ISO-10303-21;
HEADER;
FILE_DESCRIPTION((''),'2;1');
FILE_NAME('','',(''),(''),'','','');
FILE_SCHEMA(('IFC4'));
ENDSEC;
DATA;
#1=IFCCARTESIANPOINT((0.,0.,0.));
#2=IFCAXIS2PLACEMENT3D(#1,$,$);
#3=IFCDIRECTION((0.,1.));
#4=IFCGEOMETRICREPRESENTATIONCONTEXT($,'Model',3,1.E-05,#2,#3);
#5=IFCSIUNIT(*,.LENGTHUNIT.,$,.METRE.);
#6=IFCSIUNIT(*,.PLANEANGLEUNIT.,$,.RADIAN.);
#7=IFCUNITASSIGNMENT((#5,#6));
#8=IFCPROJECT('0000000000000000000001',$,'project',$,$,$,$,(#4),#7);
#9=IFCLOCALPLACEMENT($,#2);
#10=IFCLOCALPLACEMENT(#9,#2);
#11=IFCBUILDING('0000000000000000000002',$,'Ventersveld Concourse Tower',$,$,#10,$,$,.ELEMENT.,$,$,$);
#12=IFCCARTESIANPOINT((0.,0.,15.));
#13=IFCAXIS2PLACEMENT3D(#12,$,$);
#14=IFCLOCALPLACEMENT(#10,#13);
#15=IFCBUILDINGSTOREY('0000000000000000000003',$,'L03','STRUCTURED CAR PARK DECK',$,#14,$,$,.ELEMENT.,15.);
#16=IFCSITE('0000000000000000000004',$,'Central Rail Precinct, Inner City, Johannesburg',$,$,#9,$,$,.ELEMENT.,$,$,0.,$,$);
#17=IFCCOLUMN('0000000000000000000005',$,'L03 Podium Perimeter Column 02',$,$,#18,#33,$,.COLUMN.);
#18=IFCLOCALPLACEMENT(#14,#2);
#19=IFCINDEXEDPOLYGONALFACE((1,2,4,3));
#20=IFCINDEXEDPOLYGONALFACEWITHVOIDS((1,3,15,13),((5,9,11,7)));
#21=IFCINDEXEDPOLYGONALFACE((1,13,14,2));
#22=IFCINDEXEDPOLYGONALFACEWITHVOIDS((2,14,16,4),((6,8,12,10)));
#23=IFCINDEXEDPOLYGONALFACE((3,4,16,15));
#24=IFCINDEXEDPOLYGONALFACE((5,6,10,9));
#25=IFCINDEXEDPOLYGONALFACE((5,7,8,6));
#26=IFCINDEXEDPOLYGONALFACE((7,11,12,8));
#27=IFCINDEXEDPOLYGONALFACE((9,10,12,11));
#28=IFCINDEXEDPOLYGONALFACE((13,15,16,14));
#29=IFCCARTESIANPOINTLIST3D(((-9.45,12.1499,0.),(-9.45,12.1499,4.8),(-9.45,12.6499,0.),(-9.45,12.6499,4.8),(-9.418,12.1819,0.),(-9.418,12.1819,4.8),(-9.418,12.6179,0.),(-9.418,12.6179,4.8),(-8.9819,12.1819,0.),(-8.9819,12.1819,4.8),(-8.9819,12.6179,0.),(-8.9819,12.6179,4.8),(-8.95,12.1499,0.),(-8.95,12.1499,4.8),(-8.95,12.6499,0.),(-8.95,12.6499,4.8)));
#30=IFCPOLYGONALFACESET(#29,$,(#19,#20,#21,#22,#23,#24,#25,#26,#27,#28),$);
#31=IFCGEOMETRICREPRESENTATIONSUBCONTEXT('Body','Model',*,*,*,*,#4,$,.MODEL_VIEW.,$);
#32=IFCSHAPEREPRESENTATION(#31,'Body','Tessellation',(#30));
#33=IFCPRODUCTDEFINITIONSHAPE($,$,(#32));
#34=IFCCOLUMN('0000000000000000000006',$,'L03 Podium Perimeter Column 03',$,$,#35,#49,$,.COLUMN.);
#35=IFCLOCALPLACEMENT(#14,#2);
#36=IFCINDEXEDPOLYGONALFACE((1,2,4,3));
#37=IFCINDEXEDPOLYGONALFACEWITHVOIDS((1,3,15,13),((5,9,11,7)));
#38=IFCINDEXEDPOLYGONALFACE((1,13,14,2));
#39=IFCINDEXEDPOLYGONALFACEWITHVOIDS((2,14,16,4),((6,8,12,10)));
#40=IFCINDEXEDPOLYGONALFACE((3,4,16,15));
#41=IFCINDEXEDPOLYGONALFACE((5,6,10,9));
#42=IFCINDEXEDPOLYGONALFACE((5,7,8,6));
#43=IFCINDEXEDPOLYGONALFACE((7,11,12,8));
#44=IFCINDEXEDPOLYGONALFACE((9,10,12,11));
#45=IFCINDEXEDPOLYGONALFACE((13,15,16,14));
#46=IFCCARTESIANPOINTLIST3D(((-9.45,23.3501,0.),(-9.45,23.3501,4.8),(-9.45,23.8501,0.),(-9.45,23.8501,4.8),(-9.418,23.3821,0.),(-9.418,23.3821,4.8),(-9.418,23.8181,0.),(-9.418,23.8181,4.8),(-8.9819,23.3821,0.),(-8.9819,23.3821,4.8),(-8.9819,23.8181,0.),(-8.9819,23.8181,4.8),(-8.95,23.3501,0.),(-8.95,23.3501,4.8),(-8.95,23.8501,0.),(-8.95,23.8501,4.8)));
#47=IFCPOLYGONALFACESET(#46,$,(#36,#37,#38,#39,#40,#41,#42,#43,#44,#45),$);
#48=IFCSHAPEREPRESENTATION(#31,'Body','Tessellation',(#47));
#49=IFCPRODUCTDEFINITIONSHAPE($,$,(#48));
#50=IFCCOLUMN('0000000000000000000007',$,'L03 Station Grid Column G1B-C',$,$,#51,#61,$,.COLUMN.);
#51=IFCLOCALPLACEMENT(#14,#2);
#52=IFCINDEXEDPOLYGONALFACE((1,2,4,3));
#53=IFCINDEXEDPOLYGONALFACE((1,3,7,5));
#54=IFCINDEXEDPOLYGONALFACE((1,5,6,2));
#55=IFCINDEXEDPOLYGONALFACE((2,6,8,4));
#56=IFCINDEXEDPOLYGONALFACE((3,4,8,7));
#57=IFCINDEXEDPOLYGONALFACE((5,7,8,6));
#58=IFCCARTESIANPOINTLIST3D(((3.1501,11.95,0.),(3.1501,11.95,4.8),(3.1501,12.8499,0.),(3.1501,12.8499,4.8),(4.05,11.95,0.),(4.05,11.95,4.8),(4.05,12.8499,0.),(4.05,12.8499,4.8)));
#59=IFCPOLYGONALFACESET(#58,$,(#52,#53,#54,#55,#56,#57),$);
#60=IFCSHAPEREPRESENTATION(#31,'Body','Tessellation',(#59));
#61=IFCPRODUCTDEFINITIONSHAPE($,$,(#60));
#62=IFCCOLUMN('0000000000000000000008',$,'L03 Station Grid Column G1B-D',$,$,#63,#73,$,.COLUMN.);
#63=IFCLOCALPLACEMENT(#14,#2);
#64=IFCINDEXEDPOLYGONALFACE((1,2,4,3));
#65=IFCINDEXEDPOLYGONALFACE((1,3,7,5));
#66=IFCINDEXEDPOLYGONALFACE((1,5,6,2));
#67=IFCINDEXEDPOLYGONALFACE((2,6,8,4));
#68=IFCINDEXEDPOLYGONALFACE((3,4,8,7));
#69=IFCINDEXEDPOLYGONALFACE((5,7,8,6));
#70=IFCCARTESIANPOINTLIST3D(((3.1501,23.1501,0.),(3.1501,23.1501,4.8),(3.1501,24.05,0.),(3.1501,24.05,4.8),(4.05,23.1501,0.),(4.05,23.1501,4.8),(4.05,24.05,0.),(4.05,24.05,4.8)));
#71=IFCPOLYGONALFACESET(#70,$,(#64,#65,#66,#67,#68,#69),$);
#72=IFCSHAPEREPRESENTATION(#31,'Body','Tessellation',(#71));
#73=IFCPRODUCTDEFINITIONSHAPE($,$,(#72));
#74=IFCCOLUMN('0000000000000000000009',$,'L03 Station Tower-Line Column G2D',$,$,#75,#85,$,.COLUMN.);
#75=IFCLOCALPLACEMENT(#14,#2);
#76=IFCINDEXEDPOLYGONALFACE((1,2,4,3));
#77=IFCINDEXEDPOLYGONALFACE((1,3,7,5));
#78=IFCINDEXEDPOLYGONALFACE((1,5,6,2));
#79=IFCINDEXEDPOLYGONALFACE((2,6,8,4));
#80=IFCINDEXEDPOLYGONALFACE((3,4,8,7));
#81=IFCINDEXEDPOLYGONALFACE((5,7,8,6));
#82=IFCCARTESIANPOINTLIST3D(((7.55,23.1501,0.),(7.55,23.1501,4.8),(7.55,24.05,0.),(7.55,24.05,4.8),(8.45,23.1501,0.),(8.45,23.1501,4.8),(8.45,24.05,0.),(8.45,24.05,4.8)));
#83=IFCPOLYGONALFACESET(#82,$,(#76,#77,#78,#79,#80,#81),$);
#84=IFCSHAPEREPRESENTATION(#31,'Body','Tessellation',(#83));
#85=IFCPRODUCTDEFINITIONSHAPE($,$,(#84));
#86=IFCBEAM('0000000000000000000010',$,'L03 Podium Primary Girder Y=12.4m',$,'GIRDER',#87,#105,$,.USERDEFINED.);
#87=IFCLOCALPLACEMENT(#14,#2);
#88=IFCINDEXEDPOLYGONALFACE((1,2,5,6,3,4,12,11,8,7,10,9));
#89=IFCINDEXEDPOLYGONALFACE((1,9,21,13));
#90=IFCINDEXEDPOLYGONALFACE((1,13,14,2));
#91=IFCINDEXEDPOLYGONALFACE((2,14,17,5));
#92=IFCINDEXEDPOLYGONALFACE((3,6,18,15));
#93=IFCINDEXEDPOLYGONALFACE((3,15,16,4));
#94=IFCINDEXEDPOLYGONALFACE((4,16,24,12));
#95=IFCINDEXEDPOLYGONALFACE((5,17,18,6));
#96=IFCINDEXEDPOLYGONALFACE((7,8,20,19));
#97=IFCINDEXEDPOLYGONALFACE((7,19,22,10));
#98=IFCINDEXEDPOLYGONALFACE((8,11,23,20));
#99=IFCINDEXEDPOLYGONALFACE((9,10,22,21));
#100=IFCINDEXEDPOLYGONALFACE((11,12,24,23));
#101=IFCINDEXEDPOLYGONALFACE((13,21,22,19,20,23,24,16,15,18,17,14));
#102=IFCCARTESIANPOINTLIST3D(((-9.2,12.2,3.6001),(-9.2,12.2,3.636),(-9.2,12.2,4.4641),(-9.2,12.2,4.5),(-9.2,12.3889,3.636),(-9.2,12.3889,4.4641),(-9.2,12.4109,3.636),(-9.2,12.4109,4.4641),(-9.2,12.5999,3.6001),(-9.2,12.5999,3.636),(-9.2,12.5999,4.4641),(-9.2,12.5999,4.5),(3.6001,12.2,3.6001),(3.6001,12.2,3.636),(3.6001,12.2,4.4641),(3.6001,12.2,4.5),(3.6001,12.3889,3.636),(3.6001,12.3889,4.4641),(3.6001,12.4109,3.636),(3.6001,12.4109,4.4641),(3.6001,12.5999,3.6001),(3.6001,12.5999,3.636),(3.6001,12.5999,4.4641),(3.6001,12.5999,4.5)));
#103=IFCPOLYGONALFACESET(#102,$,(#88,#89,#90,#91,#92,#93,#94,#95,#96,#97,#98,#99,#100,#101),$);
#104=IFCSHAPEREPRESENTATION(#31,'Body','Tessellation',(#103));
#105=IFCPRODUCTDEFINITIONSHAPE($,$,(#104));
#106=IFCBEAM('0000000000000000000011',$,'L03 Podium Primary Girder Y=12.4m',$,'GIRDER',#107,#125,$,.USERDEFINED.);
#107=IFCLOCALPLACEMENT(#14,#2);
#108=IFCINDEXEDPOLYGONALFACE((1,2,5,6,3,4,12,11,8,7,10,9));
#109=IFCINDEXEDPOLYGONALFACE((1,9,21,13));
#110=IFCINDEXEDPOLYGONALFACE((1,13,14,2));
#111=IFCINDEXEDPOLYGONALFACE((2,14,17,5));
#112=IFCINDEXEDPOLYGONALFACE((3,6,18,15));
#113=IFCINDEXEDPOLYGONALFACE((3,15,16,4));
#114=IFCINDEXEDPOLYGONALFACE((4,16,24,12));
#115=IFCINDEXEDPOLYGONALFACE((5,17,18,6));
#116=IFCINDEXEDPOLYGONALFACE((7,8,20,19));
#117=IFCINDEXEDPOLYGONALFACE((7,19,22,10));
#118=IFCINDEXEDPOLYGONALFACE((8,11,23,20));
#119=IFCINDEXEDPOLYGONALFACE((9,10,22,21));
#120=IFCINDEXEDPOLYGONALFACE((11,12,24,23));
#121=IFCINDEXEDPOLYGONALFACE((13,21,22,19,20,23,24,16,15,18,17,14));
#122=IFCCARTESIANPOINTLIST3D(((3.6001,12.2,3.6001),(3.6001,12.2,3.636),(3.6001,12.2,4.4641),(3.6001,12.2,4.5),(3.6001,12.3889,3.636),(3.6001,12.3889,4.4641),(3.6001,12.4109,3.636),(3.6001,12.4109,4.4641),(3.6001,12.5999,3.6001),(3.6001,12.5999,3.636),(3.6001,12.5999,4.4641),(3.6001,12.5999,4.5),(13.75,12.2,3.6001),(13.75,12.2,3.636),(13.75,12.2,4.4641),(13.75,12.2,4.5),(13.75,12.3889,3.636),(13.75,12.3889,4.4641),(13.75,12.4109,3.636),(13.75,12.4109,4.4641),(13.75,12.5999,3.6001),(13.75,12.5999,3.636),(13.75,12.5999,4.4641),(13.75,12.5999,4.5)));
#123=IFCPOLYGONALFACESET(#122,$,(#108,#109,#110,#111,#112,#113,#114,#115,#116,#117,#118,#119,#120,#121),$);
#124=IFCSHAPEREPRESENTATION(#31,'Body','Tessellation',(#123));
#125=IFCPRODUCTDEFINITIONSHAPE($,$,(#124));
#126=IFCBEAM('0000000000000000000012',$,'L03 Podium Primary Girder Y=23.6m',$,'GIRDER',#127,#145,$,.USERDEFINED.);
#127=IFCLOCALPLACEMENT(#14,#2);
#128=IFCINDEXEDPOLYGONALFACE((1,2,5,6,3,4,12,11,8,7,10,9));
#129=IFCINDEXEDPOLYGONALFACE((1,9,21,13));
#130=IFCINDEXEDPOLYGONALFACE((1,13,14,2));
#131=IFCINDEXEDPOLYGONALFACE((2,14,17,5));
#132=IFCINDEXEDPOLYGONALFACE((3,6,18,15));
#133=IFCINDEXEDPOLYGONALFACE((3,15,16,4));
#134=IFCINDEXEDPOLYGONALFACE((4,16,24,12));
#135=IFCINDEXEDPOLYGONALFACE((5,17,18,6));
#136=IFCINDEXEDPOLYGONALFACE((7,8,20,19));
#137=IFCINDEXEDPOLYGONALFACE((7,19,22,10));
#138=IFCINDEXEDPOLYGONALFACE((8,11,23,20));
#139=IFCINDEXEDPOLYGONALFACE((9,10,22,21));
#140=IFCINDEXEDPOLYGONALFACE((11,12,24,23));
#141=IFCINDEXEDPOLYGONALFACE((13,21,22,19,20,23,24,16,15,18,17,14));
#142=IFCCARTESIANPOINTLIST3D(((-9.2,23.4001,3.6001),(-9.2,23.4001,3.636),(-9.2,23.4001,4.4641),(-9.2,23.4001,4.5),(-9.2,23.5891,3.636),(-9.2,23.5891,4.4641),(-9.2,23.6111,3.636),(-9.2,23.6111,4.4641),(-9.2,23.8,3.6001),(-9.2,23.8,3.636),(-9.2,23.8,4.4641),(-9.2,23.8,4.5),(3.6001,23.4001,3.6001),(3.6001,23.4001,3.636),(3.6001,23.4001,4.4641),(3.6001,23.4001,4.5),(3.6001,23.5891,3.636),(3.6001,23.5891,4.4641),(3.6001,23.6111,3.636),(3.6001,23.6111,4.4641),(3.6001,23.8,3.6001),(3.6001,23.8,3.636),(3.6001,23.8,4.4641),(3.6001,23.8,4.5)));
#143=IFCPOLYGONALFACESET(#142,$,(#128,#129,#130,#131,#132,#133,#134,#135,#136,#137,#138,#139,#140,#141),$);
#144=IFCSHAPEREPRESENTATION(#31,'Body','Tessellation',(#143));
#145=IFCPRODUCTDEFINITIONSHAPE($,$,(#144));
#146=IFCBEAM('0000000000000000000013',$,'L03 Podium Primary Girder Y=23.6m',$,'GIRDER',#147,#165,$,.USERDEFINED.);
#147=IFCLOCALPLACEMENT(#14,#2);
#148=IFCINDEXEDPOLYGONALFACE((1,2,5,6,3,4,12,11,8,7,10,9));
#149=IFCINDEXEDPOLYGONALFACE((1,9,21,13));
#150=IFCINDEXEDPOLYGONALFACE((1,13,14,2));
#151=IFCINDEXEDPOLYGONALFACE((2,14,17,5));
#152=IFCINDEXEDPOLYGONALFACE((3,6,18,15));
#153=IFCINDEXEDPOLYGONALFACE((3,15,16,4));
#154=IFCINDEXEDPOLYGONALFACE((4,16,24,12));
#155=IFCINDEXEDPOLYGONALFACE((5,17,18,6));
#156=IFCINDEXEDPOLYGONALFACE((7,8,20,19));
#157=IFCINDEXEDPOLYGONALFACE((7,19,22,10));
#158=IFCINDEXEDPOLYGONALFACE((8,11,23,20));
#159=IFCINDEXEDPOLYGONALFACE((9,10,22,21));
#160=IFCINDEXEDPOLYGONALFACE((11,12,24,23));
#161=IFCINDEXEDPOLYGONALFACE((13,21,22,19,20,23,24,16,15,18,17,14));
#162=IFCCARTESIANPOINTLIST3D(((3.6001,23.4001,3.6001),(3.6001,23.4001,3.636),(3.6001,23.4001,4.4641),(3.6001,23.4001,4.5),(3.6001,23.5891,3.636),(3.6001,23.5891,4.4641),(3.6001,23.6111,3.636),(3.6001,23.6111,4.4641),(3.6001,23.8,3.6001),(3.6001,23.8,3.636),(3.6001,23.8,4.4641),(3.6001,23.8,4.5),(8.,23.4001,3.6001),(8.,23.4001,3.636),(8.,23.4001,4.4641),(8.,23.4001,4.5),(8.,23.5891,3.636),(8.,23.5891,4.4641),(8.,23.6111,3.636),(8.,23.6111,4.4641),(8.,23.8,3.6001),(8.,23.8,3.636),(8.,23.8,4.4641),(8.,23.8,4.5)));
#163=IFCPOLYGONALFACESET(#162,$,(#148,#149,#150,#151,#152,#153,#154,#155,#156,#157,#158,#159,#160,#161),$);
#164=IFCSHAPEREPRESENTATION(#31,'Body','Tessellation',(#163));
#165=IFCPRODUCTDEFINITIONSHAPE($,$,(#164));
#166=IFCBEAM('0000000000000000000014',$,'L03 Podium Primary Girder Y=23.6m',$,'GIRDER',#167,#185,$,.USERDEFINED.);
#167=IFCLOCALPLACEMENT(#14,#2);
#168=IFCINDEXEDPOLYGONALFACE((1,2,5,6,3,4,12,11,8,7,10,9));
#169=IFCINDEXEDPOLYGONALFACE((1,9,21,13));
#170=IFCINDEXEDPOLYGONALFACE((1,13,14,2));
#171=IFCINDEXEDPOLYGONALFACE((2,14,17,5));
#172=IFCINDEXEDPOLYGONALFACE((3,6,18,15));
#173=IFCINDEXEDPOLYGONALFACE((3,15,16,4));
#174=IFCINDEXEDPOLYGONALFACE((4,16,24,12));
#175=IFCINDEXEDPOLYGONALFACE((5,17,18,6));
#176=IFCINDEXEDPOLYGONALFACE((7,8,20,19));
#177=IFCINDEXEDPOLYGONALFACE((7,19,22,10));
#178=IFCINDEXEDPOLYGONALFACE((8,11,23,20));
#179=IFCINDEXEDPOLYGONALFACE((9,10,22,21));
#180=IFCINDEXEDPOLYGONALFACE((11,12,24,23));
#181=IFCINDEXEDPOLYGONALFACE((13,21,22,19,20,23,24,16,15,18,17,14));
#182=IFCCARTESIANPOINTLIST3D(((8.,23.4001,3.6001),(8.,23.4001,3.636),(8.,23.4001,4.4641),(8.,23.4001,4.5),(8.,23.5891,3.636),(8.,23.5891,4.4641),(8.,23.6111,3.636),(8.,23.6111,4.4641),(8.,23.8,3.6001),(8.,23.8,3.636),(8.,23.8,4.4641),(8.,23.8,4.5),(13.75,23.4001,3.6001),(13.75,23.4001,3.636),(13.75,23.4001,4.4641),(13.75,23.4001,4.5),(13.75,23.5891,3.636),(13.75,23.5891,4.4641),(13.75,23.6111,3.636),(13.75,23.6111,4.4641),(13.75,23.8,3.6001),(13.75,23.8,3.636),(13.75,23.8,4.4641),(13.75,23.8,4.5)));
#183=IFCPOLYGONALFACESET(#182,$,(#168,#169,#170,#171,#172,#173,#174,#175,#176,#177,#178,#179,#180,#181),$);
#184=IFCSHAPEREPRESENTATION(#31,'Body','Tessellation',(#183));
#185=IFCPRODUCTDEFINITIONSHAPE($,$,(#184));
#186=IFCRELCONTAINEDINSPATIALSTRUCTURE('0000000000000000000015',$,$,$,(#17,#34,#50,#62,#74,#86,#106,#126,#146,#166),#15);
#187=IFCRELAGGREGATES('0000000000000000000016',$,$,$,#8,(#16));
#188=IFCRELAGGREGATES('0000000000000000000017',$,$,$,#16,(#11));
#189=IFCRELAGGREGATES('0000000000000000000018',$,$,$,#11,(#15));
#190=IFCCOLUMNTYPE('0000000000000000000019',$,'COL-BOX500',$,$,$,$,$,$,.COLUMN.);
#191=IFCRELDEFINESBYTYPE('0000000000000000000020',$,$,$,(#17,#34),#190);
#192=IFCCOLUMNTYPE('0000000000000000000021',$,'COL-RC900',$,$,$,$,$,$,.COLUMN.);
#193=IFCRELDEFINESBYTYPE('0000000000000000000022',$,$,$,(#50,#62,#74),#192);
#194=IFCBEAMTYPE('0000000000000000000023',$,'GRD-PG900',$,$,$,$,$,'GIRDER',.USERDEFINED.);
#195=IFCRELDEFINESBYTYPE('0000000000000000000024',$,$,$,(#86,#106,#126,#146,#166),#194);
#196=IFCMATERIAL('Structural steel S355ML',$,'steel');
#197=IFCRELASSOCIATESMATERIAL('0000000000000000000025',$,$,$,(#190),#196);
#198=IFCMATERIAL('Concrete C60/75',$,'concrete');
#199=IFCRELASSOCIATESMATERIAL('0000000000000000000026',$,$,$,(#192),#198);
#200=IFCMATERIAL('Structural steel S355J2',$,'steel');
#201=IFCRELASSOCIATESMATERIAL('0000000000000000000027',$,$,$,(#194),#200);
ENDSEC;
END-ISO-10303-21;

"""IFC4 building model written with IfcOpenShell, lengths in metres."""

from ifc_helpers import new_model, si_unit, direction, frame, origin, origin_2d, place, context, subcontext, project, spatial, rectangle, hollow_rectangle, i_section, extrude, material, material_profile, profile_set, type_object, element, save


model = new_model("IFC4")

# Units and contexts
model_context = context("Model", 3, precision=1e-05, world=origin(), true_north=direction((0.0, 1.0)))
body_context = subcontext(model_context, "Body", "Model", "MODEL_VIEW")
ifc_project = project(units=[si_unit("LENGTHUNIT", "METRE"), si_unit("PLANEANGLEUNIT", "RADIAN")], contexts=[model_context])

# Site, building, storey
site_placement = place(None, origin())
site = spatial("IfcSite", under=ifc_project, at=site_placement, Name="Central Rail Precinct, Inner City, Johannesburg", CompositionType="ELEMENT", RefElevation=0.0)
building_placement = place(site_placement, origin())
building = spatial("IfcBuilding", under=site, at=building_placement, Name="Ventersveld Concourse Tower", CompositionType="ELEMENT")
storey_placement = place(building_placement, frame((0.0, 0.0, 15.0)))
storey = spatial("IfcBuildingStorey", under=building, at=storey_placement, Name="L03", Description="STRUCTURED CAR PARK DECK", CompositionType="ELEMENT", Elevation=15.0)

# Columns
ifc_material_1 = material(Name="Structural steel S355ML", Category="steel")
ifc_material_profile_1 = material_profile(ifc_material_1, hollow_rectangle(XDim=0.5, YDim=0.5, WallThickness=0.032, at=origin_2d()), Name="BOX 500x500x32")
ifc_profile_set_1 = profile_set([ifc_material_profile_1], Name="Structural steel S355ML")
column_type_1 = type_object("IfcColumnType", Name="COL-BOX500", PredefinedType="COLUMN", material=ifc_profile_set_1)
for number, where, z_axis, x_axis, name in (
    (1, (-9.2, 12.3999, 0.0), (0.0, 0.0, 1.0), (1.0, 0.0, 0.0), "L03 Podium Perimeter Column 02"),
    (2, (-9.2, 23.6001, 0.0), (0.0, 0.0, 1.0), (1.0, 0.0, 0.0), "L03 Podium Perimeter Column 03"),
):
    element("IfcColumn", number, at=place(storey_placement, frame(where, z_axis=z_axis, x_axis=x_axis)), inside=storey, type_object=column_type_1, Name=name, PredefinedType="COLUMN", context=body_context, shape_type="SweptSolid", body=[
        extrude(hollow_rectangle(XDim=0.5, YDim=0.5, WallThickness=0.032, at=origin_2d()), origin(), (0.0, 0.0, 1.0), 4.8),
    ])
ifc_material_2 = material(Name="Concrete C60/75", Category="concrete")
ifc_material_profile_2 = material_profile(ifc_material_2, rectangle(XDim=0.8999, YDim=0.8999, at=origin_2d()), Name="RC 900x900")
ifc_profile_set_2 = profile_set([ifc_material_profile_2], Name="Concrete C60/75")
column_type_2 = type_object("IfcColumnType", Name="COL-RC900", PredefinedType="COLUMN", material=ifc_profile_set_2)
for number, where, z_axis, x_axis, name in (
    (3, (3.6001, 12.3999, 0.0), (0.0, 0.0, 1.0), (1.0, 0.0, 0.0), "L03 Station Grid Column G1B-C"),
    (4, (3.6001, 23.6001, 0.0), (0.0, 0.0, 1.0), (1.0, 0.0, 0.0), "L03 Station Grid Column G1B-D"),
    (5, (8.0, 23.6001, 0.0), (0.0, 0.0, 1.0), (1.0, 0.0, 0.0), "L03 Station Tower-Line Column G2D"),
):
    element("IfcColumn", number, at=place(storey_placement, frame(where, z_axis=z_axis, x_axis=x_axis)), inside=storey, type_object=column_type_2, Name=name, PredefinedType="COLUMN", context=body_context, shape_type="SweptSolid", body=[
        extrude(rectangle(XDim=0.8999, YDim=0.8999, at=origin_2d()), origin(), (0.0, 0.0, 1.0), 4.8),
    ])

# Beams
ifc_material_3 = material(Name="Structural steel S355J2", Category="steel")
ifc_material_profile_3 = material_profile(ifc_material_3, i_section(OverallWidth=0.3999, OverallDepth=0.8999, WebThickness=0.022, FlangeThickness=0.0359, at=origin_2d()), Name="PG 900x400x36")
ifc_profile_set_3 = profile_set([ifc_material_profile_3], Name="Structural steel S355J2")
beam_type_1 = type_object("IfcBeamType", Name="GRD-PG900", ElementType="GIRDER", PredefinedType="USERDEFINED", material=ifc_profile_set_3)
beam_1_placement = place(storey_placement, frame((-9.2, 12.3999, 4.05), z_axis=(1.0, 0.0, 0.0), x_axis=(0.0, 1.0, 0.0)))
element("IfcBeam", 6, at=beam_1_placement, inside=storey, type_object=beam_type_1, Name="L03 Podium Primary Girder Y=12.4m", ObjectType="GIRDER", PredefinedType="USERDEFINED", context=body_context, shape_type="SweptSolid", body=[
    extrude(i_section(OverallWidth=0.3999, OverallDepth=0.8999, WebThickness=0.022, FlangeThickness=0.0359, at=origin_2d()), origin(), (0.0, 0.0, 1.0), 12.8),
])
beam_2_placement = place(storey_placement, frame((3.6001, 12.3999, 4.05), z_axis=(1.0, 0.0, 0.0), x_axis=(0.0, 1.0, 0.0)))
element("IfcBeam", 7, at=beam_2_placement, inside=storey, type_object=beam_type_1, Name="L03 Podium Primary Girder Y=12.4m", ObjectType="GIRDER", PredefinedType="USERDEFINED", context=body_context, shape_type="SweptSolid", body=[
    extrude(i_section(OverallWidth=0.3999, OverallDepth=0.8999, WebThickness=0.022, FlangeThickness=0.0359, at=origin_2d()), origin(), (0.0, 0.0, 1.0), 10.1499),
])
beam_3_placement = place(storey_placement, frame((-9.2, 23.6001, 4.05), z_axis=(1.0, 0.0, 0.0), x_axis=(0.0, 1.0, 0.0)))
element("IfcBeam", 8, at=beam_3_placement, inside=storey, type_object=beam_type_1, Name="L03 Podium Primary Girder Y=23.6m", ObjectType="GIRDER", PredefinedType="USERDEFINED", context=body_context, shape_type="SweptSolid", body=[
    extrude(i_section(OverallWidth=0.3999, OverallDepth=0.8999, WebThickness=0.022, FlangeThickness=0.0359, at=origin_2d()), origin(), (0.0, 0.0, 1.0), 12.8),
])
beam_4_placement = place(storey_placement, frame((3.6001, 23.6001, 4.05), z_axis=(1.0, 0.0, 0.0), x_axis=(0.0, 1.0, 0.0)))
element("IfcBeam", 9, at=beam_4_placement, inside=storey, type_object=beam_type_1, Name="L03 Podium Primary Girder Y=23.6m", ObjectType="GIRDER", PredefinedType="USERDEFINED", context=body_context, shape_type="SweptSolid", body=[
    extrude(i_section(OverallWidth=0.3999, OverallDepth=0.8999, WebThickness=0.022, FlangeThickness=0.0359, at=origin_2d()), origin(), (0.0, 0.0, 1.0), 4.3999),
])
beam_5_placement = place(storey_placement, frame((8.0, 23.6001, 4.05), z_axis=(1.0, 0.0, 0.0), x_axis=(0.0, 1.0, 0.0)))
element("IfcBeam", 10, at=beam_5_placement, inside=storey, type_object=beam_type_1, Name="L03 Podium Primary Girder Y=23.6m", ObjectType="GIRDER", PredefinedType="USERDEFINED", context=body_context, shape_type="SweptSolid", body=[
    extrude(i_section(OverallWidth=0.3999, OverallDepth=0.8999, WebThickness=0.022, FlangeThickness=0.0359, at=origin_2d()), origin(), (0.0, 0.0, 1.0), 5.75),
])

save(model, "model.ifc")
